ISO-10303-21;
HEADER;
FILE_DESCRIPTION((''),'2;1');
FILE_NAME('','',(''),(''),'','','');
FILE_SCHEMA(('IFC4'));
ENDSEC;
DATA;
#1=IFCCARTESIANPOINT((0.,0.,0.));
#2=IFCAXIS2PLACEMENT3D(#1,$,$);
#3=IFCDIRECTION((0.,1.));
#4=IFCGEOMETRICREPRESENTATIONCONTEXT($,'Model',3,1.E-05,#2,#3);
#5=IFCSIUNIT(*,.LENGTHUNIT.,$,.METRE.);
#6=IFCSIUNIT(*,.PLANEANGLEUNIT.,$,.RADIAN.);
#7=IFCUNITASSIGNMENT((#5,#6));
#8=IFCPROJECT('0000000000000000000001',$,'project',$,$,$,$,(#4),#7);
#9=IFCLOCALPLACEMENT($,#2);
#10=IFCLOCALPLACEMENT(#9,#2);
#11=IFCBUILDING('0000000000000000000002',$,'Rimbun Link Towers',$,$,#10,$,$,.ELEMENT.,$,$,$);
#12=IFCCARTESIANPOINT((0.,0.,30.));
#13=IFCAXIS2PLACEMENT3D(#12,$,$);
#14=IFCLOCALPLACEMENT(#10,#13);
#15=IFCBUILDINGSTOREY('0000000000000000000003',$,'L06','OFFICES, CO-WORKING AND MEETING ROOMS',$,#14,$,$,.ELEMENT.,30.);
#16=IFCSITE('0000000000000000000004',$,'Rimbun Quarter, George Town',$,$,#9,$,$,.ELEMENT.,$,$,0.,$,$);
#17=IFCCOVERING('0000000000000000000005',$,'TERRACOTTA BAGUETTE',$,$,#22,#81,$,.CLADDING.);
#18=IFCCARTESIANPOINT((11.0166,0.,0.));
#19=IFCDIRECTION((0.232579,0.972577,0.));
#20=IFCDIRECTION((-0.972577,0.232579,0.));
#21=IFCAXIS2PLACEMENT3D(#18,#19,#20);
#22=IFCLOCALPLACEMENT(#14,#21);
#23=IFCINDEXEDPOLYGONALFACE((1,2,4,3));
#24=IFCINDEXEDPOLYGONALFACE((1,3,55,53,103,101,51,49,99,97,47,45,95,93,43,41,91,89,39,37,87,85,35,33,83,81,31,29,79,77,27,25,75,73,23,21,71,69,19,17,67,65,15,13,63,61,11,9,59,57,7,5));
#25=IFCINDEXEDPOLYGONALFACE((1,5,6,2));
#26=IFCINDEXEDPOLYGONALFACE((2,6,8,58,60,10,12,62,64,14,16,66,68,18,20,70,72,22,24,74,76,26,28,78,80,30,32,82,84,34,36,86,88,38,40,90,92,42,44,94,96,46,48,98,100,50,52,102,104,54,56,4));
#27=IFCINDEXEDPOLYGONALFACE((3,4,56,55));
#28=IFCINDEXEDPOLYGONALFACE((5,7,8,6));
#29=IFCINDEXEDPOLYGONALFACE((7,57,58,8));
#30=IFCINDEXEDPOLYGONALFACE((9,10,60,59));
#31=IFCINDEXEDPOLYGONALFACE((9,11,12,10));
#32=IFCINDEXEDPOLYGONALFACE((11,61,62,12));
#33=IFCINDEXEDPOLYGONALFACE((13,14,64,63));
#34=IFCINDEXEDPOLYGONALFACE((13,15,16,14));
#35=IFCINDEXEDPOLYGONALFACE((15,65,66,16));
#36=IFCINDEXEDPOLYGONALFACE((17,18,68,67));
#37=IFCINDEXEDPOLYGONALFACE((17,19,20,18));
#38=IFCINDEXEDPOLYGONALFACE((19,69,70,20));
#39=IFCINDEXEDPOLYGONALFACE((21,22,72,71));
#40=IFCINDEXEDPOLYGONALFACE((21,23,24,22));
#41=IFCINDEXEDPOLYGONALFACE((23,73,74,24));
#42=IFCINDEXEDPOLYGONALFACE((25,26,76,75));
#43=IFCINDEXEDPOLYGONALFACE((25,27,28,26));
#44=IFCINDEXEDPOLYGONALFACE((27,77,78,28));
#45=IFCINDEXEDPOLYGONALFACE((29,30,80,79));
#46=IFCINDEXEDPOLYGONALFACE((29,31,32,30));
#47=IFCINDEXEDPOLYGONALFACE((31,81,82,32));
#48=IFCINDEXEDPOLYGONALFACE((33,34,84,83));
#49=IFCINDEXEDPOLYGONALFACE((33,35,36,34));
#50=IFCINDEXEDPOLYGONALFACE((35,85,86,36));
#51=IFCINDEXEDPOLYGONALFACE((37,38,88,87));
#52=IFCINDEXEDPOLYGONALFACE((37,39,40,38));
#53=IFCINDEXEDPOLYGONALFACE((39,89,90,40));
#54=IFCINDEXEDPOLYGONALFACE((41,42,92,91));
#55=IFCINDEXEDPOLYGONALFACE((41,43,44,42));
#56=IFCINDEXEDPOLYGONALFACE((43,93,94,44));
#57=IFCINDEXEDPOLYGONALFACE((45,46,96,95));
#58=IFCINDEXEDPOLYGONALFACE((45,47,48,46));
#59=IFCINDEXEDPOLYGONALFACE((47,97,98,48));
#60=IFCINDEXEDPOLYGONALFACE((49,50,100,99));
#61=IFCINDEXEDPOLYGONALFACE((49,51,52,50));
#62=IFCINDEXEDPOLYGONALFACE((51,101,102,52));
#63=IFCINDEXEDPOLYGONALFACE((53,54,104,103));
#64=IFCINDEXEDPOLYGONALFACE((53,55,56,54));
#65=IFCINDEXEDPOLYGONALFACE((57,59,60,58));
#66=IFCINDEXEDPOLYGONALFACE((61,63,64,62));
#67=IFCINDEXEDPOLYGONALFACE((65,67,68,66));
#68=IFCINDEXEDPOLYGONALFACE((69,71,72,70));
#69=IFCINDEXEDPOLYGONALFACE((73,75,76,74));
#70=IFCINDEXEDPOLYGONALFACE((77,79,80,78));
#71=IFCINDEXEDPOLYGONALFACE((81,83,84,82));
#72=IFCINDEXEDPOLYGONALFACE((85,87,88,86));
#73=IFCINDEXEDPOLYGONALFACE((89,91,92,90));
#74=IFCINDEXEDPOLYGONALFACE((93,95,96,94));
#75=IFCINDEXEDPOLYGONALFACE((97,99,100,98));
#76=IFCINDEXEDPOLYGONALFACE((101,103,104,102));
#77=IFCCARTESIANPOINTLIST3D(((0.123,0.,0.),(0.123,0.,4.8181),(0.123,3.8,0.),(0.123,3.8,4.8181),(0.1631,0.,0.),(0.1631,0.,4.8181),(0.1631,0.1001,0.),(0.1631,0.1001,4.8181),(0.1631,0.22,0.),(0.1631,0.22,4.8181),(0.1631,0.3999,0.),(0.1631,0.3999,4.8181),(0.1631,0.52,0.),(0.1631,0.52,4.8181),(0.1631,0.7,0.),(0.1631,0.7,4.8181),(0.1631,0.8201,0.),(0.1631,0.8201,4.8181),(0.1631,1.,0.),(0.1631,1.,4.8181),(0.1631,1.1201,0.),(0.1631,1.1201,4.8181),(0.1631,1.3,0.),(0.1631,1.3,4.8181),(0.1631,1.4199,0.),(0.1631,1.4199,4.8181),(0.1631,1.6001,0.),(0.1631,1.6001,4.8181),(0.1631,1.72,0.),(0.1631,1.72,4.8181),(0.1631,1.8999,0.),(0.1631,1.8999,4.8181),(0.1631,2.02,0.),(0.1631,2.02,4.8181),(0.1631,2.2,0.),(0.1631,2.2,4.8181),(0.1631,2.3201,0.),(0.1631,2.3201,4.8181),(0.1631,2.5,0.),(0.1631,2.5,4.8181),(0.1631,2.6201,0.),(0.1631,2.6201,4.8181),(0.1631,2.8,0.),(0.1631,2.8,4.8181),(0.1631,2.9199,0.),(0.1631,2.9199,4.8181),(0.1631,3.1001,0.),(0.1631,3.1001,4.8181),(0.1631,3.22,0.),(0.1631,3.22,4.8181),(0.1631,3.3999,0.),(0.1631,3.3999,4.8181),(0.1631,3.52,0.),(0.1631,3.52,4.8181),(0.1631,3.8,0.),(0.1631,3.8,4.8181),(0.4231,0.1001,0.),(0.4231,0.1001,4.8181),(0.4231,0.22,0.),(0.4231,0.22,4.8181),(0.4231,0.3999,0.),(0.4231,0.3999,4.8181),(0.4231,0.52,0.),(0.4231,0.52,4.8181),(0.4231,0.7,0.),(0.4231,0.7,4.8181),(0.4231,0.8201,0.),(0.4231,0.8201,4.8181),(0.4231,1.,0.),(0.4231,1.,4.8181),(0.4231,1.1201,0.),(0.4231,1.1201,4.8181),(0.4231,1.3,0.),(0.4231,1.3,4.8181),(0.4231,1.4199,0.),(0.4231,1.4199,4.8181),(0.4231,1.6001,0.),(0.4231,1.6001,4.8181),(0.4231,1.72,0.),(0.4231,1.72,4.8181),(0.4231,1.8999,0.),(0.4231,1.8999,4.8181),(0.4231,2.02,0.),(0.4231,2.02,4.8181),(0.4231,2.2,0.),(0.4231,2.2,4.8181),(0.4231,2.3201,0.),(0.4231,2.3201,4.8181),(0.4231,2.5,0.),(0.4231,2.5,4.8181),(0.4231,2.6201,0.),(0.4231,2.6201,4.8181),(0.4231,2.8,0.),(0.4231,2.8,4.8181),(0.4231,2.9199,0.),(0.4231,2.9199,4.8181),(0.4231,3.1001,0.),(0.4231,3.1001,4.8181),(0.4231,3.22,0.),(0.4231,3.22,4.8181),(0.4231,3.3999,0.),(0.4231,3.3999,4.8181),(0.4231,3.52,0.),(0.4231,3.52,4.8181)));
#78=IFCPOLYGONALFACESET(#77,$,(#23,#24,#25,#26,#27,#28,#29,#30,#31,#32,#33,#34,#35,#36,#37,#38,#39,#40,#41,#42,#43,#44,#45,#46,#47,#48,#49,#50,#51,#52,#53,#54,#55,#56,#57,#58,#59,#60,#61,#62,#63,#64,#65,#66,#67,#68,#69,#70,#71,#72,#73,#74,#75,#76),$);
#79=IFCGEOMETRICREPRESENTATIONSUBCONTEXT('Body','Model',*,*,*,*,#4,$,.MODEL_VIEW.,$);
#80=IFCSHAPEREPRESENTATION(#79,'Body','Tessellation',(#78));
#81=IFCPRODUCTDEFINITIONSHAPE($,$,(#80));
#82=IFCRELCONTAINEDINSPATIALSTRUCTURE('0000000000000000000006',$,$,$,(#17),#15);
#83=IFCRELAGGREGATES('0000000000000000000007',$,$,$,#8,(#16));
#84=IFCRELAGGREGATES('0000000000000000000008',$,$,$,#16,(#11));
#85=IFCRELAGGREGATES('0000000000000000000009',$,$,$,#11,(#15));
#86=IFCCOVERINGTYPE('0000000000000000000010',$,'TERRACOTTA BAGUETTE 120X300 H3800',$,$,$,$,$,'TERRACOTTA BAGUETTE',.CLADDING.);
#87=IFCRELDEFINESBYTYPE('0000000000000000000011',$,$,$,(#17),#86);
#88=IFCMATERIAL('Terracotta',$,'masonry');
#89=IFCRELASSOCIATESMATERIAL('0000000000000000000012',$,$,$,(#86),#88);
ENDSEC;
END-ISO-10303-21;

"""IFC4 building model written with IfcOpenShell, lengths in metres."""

from ifc_helpers import new_model, si_unit, direction, frame, origin, place, context, subcontext, project, spatial, polyline, outline, extrude, material, material_profile, profile_set, type_object, element, save


model = new_model("IFC4")

# Units and contexts
model_context = context("Model", 3, precision=1e-05, world=origin(), true_north=direction((0.0, 1.0)))
body_context = subcontext(model_context, "Body", "Model", "MODEL_VIEW")
ifc_project = project(units=[si_unit("LENGTHUNIT", "METRE"), si_unit("PLANEANGLEUNIT", "RADIAN")], contexts=[model_context])

# Site, building, storey
site_placement = place(None, origin())
site = spatial("IfcSite", under=ifc_project, at=site_placement, Name="Rimbun Quarter, George Town", CompositionType="ELEMENT", RefElevation=0.0)
building_placement = place(site_placement, origin())
building = spatial("IfcBuilding", under=site, at=building_placement, Name="Rimbun Link Towers", CompositionType="ELEMENT")
storey_placement = place(building_placement, frame((0.0, 0.0, 30.0)))
storey = spatial("IfcBuildingStorey", under=building, at=storey_placement, Name="L06", Description="OFFICES, CO-WORKING AND MEETING ROOMS", CompositionType="ELEMENT", Elevation=30.0)

# Covering
ifc_material_1 = material(Name="Terracotta", Category="masonry")
ifc_material_profile_1 = material_profile(ifc_material_1, outline(polyline([(0.123, 0.0), (0.1631, 0.0), (0.1631, 0.1001), (0.4231, 0.1001), (0.4231, 0.22), (0.1631, 0.22), (0.1631, 0.3999), (0.4231, 0.3999), (0.4231, 0.52), (0.1631, 0.52), (0.1631, 0.7), (0.4231, 0.7), (0.4231, 0.8201), (0.1631, 0.8201), (0.1631, 1.0), (0.4231, 1.0), (0.4231, 1.1201), (0.1631, 1.1201), (0.1631, 1.3), (0.4231, 1.3), (0.4231, 1.4199), (0.1631, 1.4199), (0.1631, 1.6001), (0.4231, 1.6001), (0.4231, 1.72), (0.1631, 1.72), (0.1631, 1.8999), (0.4231, 1.8999), (0.4231, 2.02), (0.1631, 2.02), (0.1631, 2.2), (0.4231, 2.2), (0.4231, 2.3201), (0.1631, 2.3201), (0.1631, 2.5), (0.4231, 2.5), (0.4231, 2.6201), (0.1631, 2.6201), (0.1631, 2.8), (0.4231, 2.8), (0.4231, 2.9199), (0.1631, 2.9199), (0.1631, 3.1001), (0.4231, 3.1001), (0.4231, 3.22), (0.1631, 3.22), (0.1631, 3.3999), (0.4231, 3.3999), (0.4231, 3.52), (0.1631, 3.52), (0.1631, 3.8), (0.123, 3.8), (0.123, 0.0)])), Name="BAGUETTE 120X300")
ifc_profile_set_1 = profile_set([ifc_material_profile_1], Name="Terracotta")
covering_type = type_object("IfcCoveringType", Name="TERRACOTTA BAGUETTE 120X300 H3800", ElementType="TERRACOTTA BAGUETTE", PredefinedType="CLADDING", material=ifc_profile_set_1)
covering_1_placement = place(storey_placement, frame((11.0166, 0.0, 0.0), z_axis=(0.232579, 0.972577, 0.0), x_axis=(-0.972577, 0.232579, 0.0)))
element("IfcCovering", 1, at=covering_1_placement, inside=storey, type_object=covering_type, Name="TERRACOTTA BAGUETTE", PredefinedType="CLADDING", context=body_context, shape_type="SweptSolid", body=[
    extrude(outline(polyline([(0.123, 0.0), (0.1631, 0.0), (0.1631, 0.1001), (0.4231, 0.1001), (0.4231, 0.22), (0.1631, 0.22), (0.1631, 0.3999), (0.4231, 0.3999), (0.4231, 0.52), (0.1631, 0.52), (0.1631, 0.7), (0.4231, 0.7), (0.4231, 0.8201), (0.1631, 0.8201), (0.1631, 1.0), (0.4231, 1.0), (0.4231, 1.1201), (0.1631, 1.1201), (0.1631, 1.3), (0.4231, 1.3), (0.4231, 1.4199), (0.1631, 1.4199), (0.1631, 1.6001), (0.4231, 1.6001), (0.4231, 1.72), (0.1631, 1.72), (0.1631, 1.8999), (0.4231, 1.8999), (0.4231, 2.02), (0.1631, 2.02), (0.1631, 2.2), (0.4231, 2.2), (0.4231, 2.3201), (0.1631, 2.3201), (0.1631, 2.5), (0.4231, 2.5), (0.4231, 2.6201), (0.1631, 2.6201), (0.1631, 2.8), (0.4231, 2.8), (0.4231, 2.9199), (0.1631, 2.9199), (0.1631, 3.1001), (0.4231, 3.1001), (0.4231, 3.22), (0.1631, 3.22), (0.1631, 3.3999), (0.4231, 3.3999), (0.4231, 3.52), (0.1631, 3.52), (0.1631, 3.8), (0.123, 3.8), (0.123, 0.0)])), origin(), (0.0, 0.0, 1.0), 4.8181),
])

save(model, "model.ifc")
